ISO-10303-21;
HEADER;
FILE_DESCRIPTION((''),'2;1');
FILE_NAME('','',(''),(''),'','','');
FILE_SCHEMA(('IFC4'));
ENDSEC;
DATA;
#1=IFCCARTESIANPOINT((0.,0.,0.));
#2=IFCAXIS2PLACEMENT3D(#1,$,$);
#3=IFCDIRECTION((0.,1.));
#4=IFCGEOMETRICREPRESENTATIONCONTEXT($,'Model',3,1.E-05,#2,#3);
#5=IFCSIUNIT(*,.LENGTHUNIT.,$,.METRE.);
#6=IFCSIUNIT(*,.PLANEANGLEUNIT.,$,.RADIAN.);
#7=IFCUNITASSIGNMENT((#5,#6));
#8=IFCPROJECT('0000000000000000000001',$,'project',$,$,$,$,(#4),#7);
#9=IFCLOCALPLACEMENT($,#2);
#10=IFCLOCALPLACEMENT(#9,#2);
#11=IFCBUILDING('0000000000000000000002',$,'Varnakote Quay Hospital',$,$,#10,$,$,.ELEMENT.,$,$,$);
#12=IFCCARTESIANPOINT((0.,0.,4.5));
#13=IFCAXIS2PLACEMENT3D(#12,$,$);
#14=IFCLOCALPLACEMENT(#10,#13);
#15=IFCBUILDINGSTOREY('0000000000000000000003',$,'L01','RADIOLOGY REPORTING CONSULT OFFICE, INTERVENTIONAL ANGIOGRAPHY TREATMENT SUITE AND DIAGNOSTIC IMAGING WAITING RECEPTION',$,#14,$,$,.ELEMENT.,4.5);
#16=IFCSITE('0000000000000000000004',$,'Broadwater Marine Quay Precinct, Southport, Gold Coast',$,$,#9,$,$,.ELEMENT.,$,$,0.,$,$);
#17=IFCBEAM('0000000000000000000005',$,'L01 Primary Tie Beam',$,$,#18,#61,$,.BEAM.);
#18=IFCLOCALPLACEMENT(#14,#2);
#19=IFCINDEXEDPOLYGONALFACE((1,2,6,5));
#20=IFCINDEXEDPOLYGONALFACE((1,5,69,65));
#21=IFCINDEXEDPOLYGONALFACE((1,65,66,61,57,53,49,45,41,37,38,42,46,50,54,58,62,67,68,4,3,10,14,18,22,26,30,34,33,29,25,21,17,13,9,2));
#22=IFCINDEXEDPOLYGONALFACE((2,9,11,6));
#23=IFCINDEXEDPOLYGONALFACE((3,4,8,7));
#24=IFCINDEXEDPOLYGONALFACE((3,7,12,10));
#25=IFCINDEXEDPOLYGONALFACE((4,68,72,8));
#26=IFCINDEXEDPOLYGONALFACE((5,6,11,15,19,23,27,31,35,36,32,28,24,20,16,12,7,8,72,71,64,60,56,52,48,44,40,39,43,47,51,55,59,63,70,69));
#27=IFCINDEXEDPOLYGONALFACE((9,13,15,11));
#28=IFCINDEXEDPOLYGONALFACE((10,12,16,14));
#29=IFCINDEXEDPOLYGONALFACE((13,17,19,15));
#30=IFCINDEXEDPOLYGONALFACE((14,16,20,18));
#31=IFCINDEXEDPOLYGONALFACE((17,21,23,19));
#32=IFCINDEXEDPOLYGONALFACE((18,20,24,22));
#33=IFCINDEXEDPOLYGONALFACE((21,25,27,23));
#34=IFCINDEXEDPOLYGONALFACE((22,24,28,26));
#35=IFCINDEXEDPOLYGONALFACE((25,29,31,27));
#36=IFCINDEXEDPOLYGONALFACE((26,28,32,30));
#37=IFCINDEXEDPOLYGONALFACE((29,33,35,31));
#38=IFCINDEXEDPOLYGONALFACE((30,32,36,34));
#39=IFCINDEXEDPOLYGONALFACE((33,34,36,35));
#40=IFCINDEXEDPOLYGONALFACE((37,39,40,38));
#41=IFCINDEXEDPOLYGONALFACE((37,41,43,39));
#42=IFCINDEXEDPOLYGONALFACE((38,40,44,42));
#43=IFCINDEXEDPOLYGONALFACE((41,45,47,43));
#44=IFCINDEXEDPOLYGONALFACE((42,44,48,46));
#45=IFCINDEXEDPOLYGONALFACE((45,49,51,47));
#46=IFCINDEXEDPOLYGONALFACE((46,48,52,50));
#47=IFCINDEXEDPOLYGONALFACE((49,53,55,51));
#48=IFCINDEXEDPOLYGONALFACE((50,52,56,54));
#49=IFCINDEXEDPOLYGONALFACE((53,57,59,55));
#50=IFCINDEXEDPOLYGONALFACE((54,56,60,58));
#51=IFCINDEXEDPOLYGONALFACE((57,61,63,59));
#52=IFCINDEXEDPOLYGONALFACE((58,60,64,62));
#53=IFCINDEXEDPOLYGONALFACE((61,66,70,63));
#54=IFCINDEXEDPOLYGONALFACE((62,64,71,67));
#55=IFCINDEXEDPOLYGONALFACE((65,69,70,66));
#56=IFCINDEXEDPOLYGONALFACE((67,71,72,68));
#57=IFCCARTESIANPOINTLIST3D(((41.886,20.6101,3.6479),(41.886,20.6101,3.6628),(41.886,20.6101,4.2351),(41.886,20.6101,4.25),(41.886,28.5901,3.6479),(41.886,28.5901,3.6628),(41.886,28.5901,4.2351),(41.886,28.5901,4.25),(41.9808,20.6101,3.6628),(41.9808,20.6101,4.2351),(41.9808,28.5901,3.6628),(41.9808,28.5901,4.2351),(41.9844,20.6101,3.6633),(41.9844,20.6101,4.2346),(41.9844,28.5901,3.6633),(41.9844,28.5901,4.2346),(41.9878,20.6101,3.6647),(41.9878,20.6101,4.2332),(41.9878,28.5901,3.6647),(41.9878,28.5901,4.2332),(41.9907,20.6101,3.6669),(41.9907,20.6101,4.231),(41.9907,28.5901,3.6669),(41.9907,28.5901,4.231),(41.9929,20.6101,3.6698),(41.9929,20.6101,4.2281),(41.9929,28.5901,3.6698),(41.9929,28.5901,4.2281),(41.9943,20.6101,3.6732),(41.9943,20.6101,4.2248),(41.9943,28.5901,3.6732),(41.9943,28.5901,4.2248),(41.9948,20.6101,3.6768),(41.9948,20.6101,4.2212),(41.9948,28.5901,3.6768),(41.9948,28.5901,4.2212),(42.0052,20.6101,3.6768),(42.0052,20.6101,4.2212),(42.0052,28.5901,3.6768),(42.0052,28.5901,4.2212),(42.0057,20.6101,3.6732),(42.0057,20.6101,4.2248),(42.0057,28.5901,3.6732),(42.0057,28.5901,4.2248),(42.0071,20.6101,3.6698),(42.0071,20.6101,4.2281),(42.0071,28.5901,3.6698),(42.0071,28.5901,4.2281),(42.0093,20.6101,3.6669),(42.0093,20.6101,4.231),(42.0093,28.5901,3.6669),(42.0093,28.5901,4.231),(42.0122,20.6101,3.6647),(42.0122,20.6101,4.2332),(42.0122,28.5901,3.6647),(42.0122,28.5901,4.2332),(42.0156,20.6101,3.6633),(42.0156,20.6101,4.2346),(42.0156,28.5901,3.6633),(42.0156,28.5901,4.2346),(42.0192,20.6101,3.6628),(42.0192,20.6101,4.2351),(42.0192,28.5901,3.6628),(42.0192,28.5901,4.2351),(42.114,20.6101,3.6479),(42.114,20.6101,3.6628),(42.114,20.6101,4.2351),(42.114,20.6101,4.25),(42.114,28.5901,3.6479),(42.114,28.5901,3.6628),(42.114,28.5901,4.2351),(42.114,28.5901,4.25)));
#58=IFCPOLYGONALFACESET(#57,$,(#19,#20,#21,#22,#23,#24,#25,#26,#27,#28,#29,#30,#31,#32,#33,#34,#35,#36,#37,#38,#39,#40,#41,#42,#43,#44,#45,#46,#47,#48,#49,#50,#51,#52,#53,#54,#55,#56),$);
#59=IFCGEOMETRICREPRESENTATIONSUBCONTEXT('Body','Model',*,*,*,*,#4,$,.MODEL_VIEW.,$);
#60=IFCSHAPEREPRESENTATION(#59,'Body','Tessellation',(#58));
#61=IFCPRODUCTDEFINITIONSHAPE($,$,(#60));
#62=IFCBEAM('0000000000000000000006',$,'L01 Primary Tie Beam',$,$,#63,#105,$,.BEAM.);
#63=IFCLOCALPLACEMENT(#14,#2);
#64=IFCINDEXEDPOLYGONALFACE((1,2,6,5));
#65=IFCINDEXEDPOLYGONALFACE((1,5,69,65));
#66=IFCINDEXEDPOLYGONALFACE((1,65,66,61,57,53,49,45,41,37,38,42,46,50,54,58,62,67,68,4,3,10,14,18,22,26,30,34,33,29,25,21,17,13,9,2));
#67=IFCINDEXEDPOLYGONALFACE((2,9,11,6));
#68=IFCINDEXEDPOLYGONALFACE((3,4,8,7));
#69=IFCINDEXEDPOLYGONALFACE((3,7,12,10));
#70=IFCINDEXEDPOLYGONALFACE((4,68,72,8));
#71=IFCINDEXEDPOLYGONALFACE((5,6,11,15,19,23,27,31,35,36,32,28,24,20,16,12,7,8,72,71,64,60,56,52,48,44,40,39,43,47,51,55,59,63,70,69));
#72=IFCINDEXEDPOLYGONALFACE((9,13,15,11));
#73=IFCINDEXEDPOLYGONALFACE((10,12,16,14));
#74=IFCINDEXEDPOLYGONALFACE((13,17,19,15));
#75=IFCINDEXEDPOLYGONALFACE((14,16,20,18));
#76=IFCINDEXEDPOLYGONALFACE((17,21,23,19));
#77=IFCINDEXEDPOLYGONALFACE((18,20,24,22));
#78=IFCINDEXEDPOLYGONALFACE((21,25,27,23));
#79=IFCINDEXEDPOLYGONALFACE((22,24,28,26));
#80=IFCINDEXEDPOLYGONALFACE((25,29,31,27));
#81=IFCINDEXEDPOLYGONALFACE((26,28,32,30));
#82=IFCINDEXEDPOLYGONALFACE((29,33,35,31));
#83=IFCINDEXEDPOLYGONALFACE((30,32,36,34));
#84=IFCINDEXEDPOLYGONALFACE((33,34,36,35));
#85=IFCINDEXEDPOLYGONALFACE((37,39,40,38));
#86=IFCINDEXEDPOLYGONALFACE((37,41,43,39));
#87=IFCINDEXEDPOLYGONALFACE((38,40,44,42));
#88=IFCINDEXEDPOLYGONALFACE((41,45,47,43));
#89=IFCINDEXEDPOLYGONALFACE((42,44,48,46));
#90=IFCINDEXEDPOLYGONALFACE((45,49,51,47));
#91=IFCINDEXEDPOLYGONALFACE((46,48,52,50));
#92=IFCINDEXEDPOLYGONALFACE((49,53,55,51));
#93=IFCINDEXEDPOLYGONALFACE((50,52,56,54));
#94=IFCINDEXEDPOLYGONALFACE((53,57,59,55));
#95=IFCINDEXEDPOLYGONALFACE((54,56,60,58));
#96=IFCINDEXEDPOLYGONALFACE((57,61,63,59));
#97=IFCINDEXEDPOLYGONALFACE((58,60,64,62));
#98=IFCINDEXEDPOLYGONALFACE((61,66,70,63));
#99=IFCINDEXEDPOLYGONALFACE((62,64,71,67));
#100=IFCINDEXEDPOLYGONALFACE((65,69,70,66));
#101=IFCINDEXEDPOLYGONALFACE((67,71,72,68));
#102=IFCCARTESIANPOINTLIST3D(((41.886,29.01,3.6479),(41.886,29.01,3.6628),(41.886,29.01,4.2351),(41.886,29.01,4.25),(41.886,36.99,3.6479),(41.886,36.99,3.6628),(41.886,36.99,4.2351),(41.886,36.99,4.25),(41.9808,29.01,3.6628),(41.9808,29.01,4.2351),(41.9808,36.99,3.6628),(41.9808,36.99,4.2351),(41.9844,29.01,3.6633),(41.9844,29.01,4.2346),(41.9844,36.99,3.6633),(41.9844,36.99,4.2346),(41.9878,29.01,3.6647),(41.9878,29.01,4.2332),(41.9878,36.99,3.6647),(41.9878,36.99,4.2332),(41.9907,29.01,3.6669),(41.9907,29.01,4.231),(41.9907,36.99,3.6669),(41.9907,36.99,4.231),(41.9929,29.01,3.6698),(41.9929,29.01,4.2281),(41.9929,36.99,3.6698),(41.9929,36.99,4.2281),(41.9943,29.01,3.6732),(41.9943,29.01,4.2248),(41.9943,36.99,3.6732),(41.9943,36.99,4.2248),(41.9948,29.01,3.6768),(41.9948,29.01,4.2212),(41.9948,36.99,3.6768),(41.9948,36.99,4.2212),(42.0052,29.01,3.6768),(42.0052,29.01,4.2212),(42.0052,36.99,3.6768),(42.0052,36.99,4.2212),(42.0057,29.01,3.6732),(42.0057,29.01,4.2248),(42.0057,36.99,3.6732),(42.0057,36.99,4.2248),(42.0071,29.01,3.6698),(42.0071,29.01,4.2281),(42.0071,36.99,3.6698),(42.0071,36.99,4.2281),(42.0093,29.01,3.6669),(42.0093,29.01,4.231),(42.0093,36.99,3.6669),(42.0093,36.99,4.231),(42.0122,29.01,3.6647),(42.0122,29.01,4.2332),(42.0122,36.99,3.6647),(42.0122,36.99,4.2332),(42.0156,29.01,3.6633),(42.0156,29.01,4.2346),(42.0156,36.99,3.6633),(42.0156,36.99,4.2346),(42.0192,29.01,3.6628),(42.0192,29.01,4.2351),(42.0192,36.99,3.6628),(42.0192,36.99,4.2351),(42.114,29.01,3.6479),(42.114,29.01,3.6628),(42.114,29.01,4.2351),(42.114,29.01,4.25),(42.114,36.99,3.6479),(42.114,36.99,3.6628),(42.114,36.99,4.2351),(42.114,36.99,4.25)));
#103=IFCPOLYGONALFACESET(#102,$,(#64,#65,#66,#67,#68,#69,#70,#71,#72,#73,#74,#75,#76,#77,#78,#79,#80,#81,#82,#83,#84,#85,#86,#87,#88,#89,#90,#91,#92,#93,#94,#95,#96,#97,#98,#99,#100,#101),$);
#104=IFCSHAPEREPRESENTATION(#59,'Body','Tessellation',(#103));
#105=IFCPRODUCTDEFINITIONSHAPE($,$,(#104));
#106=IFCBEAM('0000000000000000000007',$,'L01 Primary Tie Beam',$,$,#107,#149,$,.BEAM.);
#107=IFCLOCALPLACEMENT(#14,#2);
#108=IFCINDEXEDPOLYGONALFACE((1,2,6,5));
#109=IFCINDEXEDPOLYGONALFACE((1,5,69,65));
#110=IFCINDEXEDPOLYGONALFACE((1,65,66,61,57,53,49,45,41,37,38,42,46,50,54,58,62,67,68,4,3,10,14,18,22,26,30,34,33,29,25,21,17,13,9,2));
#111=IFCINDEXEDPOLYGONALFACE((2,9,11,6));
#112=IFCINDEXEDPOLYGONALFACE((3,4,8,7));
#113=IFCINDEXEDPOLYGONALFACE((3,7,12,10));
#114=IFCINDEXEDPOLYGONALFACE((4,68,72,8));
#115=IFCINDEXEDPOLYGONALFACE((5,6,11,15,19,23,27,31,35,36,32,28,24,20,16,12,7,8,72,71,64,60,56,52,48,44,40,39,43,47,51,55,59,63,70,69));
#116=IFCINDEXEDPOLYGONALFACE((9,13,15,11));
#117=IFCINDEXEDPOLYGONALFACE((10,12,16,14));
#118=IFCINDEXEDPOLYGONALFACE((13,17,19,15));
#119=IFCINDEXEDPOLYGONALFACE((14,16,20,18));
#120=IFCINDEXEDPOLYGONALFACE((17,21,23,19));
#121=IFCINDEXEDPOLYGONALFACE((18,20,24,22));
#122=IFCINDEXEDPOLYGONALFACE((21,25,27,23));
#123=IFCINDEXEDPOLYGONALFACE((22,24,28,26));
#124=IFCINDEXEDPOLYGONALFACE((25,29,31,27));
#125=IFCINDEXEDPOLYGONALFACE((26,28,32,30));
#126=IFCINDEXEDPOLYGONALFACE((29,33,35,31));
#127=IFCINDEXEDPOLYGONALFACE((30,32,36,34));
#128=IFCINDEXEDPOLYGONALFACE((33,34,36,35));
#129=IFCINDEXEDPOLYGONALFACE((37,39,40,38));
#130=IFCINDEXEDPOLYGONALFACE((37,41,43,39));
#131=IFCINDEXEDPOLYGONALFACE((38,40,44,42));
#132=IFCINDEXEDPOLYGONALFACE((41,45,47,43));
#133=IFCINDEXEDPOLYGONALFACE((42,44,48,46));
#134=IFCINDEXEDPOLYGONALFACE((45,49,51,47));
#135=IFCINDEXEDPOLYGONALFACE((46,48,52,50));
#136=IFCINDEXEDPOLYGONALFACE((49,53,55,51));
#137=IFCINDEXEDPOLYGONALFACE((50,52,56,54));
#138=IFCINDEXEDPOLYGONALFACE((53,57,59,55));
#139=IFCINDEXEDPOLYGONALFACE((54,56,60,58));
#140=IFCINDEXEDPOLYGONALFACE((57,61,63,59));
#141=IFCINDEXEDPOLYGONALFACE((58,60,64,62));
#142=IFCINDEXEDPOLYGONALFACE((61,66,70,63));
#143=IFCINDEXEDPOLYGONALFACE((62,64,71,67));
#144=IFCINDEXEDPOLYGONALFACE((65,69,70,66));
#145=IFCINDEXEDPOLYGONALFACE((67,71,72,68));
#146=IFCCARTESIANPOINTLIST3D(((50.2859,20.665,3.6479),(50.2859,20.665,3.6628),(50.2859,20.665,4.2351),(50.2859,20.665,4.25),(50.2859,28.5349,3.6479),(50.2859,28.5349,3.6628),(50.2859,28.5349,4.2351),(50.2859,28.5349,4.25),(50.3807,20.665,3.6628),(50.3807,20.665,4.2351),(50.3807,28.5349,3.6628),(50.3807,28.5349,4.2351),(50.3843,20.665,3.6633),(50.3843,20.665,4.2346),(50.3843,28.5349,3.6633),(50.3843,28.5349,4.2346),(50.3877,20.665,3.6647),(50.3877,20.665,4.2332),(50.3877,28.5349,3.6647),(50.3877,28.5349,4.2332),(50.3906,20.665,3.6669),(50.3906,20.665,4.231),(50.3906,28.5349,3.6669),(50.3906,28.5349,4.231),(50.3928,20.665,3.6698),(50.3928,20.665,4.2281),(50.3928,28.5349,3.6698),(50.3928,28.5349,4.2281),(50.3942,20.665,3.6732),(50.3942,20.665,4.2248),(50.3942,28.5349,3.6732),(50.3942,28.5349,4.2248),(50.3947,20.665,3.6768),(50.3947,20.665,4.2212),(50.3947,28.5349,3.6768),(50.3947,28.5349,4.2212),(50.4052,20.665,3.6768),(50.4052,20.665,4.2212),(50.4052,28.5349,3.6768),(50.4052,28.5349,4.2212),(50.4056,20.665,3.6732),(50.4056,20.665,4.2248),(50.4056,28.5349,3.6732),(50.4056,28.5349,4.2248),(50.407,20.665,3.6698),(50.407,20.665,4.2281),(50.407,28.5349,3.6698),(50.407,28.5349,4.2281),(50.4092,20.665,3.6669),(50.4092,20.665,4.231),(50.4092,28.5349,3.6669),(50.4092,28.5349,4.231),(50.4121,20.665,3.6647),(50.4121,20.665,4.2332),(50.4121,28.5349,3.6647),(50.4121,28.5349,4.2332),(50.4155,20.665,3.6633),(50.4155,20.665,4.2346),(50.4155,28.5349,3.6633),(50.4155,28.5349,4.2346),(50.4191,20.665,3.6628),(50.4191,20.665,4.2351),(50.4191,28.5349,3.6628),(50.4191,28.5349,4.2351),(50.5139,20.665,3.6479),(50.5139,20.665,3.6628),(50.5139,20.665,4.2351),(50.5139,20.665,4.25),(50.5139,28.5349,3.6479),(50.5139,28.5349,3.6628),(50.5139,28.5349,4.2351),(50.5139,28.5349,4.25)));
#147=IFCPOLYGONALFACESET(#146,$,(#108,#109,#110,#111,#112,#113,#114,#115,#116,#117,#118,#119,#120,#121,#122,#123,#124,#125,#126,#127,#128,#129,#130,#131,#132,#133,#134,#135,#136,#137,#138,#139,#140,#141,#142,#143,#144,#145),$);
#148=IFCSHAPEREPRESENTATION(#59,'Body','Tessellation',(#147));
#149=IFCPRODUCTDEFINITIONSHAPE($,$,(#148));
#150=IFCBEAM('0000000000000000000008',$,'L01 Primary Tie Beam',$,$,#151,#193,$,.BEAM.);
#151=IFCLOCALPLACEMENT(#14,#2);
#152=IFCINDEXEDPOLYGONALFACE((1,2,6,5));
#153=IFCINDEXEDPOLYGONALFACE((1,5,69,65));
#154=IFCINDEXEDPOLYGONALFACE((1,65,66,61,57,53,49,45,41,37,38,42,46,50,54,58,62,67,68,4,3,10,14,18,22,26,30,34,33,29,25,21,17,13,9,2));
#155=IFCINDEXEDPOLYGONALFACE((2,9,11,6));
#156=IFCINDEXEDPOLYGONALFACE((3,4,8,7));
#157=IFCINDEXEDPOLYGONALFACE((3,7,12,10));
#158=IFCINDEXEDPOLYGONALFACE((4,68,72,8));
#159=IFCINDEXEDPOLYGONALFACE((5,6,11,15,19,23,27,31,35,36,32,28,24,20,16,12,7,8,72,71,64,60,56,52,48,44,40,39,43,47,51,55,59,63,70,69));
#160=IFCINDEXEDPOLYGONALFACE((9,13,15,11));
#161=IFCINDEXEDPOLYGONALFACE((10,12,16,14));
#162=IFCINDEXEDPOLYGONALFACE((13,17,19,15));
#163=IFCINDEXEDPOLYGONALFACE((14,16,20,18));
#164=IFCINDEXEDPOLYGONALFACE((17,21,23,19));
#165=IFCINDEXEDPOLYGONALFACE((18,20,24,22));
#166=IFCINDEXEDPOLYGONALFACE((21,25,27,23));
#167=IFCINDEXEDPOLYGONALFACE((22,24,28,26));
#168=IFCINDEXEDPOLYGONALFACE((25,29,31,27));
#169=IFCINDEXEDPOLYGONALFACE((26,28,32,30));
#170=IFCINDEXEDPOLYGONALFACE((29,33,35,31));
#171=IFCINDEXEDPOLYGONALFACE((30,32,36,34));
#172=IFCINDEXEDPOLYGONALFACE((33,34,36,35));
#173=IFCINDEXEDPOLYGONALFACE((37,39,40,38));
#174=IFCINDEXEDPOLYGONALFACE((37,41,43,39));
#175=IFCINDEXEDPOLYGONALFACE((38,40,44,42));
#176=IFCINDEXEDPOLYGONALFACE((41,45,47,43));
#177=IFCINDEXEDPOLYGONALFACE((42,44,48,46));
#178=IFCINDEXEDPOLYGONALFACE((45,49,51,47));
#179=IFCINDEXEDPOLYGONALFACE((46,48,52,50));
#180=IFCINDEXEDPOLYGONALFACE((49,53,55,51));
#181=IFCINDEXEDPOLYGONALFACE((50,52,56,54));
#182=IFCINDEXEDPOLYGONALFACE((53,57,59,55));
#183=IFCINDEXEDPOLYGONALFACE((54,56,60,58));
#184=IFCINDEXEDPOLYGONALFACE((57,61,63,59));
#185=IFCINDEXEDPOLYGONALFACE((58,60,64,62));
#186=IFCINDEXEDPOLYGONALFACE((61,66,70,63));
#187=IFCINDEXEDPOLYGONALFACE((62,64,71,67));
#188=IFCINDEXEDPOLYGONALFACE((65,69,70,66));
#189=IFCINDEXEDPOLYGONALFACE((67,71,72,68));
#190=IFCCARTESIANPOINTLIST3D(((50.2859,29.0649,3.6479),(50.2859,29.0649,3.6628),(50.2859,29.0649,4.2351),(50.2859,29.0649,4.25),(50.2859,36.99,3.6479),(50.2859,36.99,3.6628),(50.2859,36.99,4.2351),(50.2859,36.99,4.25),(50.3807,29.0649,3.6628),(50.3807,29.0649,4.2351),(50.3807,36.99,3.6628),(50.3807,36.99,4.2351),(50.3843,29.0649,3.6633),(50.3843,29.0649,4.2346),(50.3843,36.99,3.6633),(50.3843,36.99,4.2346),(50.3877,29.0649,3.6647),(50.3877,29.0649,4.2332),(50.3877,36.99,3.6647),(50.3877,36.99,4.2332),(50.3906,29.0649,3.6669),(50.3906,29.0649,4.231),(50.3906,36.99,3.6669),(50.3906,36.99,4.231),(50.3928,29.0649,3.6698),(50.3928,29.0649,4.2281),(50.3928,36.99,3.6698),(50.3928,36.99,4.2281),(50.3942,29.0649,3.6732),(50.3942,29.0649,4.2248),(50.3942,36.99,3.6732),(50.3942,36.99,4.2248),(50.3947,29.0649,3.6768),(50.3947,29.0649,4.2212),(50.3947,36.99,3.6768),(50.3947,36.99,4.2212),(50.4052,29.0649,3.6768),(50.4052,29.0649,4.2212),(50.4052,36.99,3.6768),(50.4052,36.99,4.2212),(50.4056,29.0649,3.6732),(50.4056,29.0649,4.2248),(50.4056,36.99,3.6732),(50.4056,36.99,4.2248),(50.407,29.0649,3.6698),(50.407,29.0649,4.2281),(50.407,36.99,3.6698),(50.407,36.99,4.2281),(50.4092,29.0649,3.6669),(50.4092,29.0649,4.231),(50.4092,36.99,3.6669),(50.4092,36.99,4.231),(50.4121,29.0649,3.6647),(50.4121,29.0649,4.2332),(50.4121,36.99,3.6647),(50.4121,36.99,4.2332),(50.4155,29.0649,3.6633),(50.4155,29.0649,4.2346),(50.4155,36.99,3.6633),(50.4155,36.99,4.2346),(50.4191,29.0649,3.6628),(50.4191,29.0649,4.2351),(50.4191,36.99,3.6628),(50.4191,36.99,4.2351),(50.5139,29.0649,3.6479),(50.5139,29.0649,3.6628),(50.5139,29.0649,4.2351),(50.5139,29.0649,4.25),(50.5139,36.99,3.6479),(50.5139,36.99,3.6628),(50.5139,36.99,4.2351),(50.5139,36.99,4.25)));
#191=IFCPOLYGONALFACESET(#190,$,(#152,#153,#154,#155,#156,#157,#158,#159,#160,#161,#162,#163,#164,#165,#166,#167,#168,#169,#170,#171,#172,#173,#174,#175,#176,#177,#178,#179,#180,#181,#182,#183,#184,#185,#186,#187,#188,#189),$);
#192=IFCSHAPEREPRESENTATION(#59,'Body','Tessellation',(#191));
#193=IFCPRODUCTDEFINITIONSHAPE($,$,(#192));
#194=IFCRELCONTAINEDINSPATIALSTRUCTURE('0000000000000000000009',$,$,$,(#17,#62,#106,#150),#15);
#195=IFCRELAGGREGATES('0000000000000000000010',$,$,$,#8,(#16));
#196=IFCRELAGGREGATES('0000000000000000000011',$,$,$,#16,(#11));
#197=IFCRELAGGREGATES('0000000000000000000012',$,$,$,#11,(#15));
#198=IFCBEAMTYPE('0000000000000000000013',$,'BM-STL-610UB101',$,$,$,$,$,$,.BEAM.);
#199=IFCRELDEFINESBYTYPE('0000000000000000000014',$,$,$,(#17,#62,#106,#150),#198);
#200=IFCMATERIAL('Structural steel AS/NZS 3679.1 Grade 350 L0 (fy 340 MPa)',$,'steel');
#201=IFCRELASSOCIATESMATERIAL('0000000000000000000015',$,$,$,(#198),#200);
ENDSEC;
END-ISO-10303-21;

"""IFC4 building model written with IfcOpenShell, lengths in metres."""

from ifc_helpers import new_model, si_unit, direction, frame, origin, origin_2d, place, context, subcontext, project, spatial, i_section, extrude, material, material_profile, profile_set, type_object, element, save


model = new_model("IFC4")

# Units and contexts
model_context = context("Model", 3, precision=1e-05, world=origin(), true_north=direction((0.0, 1.0)))
body_context = subcontext(model_context, "Body", "Model", "MODEL_VIEW")
ifc_project = project(units=[si_unit("LENGTHUNIT", "METRE"), si_unit("PLANEANGLEUNIT", "RADIAN")], contexts=[model_context])

# Site, building, storey
site_placement = place(None, origin())
site = spatial("IfcSite", under=ifc_project, at=site_placement, Name="Broadwater Marine Quay Precinct, Southport, Gold Coast", CompositionType="ELEMENT", RefElevation=0.0)
building_placement = place(site_placement, origin())
building = spatial("IfcBuilding", under=site, at=building_placement, Name="Varnakote Quay Hospital", CompositionType="ELEMENT")
storey_placement = place(building_placement, frame((0.0, 0.0, 4.5)))
storey = spatial("IfcBuildingStorey", under=building, at=storey_placement, Name="L01", Description="RADIOLOGY REPORTING CONSULT OFFICE, INTERVENTIONAL ANGIOGRAPHY TREATMENT SUITE AND DIAGNOSTIC IMAGING WAITING RECEPTION", CompositionType="ELEMENT", Elevation=4.5)

# Beams
ifc_material_1 = material(Name="Structural steel AS/NZS 3679.1 Grade 350 L0 (fy 340 MPa)", Category="steel")
ifc_material_profile_1 = material_profile(ifc_material_1, i_section(OverallWidth=0.228, OverallDepth=0.6021, WebThickness=0.0105, FlangeThickness=0.0149, FilletRadius=0.0139, at=origin_2d()), Name="610UB101")
ifc_profile_set_1 = profile_set([ifc_material_profile_1], Name="Structural steel AS/NZS 3679.1 Grade 350 L0 (fy 340 MPa)")
beam_type_1 = type_object("IfcBeamType", Name="BM-STL-610UB101", PredefinedType="BEAM", material=ifc_profile_set_1)
for number, where, z_axis, x_axis, name in (
    (1, (42.0, 20.6101, 3.949), (0.0, 1.0, 0.0), (-1.0, 0.0, 0.0), "L01 Primary Tie Beam"),
    (2, (42.0, 29.01, 3.949), (0.0, 1.0, 0.0), (-1.0, 0.0, 0.0), "L01 Primary Tie Beam"),
):
    element("IfcBeam", number, at=place(storey_placement, frame(where, z_axis=z_axis, x_axis=x_axis)), inside=storey, type_object=beam_type_1, Name=name, PredefinedType="BEAM", context=body_context, shape_type="SweptSolid", body=[
        extrude(i_section(OverallWidth=0.228, OverallDepth=0.6021, WebThickness=0.0105, FlangeThickness=0.0149, FilletRadius=0.0139, at=origin_2d()), origin(), (0.0, 0.0, 1.0), 7.98),
    ])
beam_1_placement = place(storey_placement, frame((50.3999, 20.665, 3.949), z_axis=(0.0, 1.0, 0.0), x_axis=(-1.0, 0.0, 0.0)))
element("IfcBeam", 3, at=beam_1_placement, inside=storey, type_object=beam_type_1, Name="L01 Primary Tie Beam", PredefinedType="BEAM", context=body_context, shape_type="SweptSolid", body=[
    extrude(i_section(OverallWidth=0.228, OverallDepth=0.6021, WebThickness=0.0105, FlangeThickness=0.0149, FilletRadius=0.0139, at=origin_2d()), origin(), (0.0, 0.0, 1.0), 7.8699),
])
beam_2_placement = place(storey_placement, frame((50.3999, 29.0649, 3.949), z_axis=(0.0, 1.0, 0.0), x_axis=(-1.0, 0.0, 0.0)))
element("IfcBeam", 4, at=beam_2_placement, inside=storey, type_object=beam_type_1, Name="L01 Primary Tie Beam", PredefinedType="BEAM", context=body_context, shape_type="SweptSolid", body=[
    extrude(i_section(OverallWidth=0.228, OverallDepth=0.6021, WebThickness=0.0105, FlangeThickness=0.0149, FilletRadius=0.0139, at=origin_2d()), origin(), (0.0, 0.0, 1.0), 7.925),
])

save(model, "model.ifc")
